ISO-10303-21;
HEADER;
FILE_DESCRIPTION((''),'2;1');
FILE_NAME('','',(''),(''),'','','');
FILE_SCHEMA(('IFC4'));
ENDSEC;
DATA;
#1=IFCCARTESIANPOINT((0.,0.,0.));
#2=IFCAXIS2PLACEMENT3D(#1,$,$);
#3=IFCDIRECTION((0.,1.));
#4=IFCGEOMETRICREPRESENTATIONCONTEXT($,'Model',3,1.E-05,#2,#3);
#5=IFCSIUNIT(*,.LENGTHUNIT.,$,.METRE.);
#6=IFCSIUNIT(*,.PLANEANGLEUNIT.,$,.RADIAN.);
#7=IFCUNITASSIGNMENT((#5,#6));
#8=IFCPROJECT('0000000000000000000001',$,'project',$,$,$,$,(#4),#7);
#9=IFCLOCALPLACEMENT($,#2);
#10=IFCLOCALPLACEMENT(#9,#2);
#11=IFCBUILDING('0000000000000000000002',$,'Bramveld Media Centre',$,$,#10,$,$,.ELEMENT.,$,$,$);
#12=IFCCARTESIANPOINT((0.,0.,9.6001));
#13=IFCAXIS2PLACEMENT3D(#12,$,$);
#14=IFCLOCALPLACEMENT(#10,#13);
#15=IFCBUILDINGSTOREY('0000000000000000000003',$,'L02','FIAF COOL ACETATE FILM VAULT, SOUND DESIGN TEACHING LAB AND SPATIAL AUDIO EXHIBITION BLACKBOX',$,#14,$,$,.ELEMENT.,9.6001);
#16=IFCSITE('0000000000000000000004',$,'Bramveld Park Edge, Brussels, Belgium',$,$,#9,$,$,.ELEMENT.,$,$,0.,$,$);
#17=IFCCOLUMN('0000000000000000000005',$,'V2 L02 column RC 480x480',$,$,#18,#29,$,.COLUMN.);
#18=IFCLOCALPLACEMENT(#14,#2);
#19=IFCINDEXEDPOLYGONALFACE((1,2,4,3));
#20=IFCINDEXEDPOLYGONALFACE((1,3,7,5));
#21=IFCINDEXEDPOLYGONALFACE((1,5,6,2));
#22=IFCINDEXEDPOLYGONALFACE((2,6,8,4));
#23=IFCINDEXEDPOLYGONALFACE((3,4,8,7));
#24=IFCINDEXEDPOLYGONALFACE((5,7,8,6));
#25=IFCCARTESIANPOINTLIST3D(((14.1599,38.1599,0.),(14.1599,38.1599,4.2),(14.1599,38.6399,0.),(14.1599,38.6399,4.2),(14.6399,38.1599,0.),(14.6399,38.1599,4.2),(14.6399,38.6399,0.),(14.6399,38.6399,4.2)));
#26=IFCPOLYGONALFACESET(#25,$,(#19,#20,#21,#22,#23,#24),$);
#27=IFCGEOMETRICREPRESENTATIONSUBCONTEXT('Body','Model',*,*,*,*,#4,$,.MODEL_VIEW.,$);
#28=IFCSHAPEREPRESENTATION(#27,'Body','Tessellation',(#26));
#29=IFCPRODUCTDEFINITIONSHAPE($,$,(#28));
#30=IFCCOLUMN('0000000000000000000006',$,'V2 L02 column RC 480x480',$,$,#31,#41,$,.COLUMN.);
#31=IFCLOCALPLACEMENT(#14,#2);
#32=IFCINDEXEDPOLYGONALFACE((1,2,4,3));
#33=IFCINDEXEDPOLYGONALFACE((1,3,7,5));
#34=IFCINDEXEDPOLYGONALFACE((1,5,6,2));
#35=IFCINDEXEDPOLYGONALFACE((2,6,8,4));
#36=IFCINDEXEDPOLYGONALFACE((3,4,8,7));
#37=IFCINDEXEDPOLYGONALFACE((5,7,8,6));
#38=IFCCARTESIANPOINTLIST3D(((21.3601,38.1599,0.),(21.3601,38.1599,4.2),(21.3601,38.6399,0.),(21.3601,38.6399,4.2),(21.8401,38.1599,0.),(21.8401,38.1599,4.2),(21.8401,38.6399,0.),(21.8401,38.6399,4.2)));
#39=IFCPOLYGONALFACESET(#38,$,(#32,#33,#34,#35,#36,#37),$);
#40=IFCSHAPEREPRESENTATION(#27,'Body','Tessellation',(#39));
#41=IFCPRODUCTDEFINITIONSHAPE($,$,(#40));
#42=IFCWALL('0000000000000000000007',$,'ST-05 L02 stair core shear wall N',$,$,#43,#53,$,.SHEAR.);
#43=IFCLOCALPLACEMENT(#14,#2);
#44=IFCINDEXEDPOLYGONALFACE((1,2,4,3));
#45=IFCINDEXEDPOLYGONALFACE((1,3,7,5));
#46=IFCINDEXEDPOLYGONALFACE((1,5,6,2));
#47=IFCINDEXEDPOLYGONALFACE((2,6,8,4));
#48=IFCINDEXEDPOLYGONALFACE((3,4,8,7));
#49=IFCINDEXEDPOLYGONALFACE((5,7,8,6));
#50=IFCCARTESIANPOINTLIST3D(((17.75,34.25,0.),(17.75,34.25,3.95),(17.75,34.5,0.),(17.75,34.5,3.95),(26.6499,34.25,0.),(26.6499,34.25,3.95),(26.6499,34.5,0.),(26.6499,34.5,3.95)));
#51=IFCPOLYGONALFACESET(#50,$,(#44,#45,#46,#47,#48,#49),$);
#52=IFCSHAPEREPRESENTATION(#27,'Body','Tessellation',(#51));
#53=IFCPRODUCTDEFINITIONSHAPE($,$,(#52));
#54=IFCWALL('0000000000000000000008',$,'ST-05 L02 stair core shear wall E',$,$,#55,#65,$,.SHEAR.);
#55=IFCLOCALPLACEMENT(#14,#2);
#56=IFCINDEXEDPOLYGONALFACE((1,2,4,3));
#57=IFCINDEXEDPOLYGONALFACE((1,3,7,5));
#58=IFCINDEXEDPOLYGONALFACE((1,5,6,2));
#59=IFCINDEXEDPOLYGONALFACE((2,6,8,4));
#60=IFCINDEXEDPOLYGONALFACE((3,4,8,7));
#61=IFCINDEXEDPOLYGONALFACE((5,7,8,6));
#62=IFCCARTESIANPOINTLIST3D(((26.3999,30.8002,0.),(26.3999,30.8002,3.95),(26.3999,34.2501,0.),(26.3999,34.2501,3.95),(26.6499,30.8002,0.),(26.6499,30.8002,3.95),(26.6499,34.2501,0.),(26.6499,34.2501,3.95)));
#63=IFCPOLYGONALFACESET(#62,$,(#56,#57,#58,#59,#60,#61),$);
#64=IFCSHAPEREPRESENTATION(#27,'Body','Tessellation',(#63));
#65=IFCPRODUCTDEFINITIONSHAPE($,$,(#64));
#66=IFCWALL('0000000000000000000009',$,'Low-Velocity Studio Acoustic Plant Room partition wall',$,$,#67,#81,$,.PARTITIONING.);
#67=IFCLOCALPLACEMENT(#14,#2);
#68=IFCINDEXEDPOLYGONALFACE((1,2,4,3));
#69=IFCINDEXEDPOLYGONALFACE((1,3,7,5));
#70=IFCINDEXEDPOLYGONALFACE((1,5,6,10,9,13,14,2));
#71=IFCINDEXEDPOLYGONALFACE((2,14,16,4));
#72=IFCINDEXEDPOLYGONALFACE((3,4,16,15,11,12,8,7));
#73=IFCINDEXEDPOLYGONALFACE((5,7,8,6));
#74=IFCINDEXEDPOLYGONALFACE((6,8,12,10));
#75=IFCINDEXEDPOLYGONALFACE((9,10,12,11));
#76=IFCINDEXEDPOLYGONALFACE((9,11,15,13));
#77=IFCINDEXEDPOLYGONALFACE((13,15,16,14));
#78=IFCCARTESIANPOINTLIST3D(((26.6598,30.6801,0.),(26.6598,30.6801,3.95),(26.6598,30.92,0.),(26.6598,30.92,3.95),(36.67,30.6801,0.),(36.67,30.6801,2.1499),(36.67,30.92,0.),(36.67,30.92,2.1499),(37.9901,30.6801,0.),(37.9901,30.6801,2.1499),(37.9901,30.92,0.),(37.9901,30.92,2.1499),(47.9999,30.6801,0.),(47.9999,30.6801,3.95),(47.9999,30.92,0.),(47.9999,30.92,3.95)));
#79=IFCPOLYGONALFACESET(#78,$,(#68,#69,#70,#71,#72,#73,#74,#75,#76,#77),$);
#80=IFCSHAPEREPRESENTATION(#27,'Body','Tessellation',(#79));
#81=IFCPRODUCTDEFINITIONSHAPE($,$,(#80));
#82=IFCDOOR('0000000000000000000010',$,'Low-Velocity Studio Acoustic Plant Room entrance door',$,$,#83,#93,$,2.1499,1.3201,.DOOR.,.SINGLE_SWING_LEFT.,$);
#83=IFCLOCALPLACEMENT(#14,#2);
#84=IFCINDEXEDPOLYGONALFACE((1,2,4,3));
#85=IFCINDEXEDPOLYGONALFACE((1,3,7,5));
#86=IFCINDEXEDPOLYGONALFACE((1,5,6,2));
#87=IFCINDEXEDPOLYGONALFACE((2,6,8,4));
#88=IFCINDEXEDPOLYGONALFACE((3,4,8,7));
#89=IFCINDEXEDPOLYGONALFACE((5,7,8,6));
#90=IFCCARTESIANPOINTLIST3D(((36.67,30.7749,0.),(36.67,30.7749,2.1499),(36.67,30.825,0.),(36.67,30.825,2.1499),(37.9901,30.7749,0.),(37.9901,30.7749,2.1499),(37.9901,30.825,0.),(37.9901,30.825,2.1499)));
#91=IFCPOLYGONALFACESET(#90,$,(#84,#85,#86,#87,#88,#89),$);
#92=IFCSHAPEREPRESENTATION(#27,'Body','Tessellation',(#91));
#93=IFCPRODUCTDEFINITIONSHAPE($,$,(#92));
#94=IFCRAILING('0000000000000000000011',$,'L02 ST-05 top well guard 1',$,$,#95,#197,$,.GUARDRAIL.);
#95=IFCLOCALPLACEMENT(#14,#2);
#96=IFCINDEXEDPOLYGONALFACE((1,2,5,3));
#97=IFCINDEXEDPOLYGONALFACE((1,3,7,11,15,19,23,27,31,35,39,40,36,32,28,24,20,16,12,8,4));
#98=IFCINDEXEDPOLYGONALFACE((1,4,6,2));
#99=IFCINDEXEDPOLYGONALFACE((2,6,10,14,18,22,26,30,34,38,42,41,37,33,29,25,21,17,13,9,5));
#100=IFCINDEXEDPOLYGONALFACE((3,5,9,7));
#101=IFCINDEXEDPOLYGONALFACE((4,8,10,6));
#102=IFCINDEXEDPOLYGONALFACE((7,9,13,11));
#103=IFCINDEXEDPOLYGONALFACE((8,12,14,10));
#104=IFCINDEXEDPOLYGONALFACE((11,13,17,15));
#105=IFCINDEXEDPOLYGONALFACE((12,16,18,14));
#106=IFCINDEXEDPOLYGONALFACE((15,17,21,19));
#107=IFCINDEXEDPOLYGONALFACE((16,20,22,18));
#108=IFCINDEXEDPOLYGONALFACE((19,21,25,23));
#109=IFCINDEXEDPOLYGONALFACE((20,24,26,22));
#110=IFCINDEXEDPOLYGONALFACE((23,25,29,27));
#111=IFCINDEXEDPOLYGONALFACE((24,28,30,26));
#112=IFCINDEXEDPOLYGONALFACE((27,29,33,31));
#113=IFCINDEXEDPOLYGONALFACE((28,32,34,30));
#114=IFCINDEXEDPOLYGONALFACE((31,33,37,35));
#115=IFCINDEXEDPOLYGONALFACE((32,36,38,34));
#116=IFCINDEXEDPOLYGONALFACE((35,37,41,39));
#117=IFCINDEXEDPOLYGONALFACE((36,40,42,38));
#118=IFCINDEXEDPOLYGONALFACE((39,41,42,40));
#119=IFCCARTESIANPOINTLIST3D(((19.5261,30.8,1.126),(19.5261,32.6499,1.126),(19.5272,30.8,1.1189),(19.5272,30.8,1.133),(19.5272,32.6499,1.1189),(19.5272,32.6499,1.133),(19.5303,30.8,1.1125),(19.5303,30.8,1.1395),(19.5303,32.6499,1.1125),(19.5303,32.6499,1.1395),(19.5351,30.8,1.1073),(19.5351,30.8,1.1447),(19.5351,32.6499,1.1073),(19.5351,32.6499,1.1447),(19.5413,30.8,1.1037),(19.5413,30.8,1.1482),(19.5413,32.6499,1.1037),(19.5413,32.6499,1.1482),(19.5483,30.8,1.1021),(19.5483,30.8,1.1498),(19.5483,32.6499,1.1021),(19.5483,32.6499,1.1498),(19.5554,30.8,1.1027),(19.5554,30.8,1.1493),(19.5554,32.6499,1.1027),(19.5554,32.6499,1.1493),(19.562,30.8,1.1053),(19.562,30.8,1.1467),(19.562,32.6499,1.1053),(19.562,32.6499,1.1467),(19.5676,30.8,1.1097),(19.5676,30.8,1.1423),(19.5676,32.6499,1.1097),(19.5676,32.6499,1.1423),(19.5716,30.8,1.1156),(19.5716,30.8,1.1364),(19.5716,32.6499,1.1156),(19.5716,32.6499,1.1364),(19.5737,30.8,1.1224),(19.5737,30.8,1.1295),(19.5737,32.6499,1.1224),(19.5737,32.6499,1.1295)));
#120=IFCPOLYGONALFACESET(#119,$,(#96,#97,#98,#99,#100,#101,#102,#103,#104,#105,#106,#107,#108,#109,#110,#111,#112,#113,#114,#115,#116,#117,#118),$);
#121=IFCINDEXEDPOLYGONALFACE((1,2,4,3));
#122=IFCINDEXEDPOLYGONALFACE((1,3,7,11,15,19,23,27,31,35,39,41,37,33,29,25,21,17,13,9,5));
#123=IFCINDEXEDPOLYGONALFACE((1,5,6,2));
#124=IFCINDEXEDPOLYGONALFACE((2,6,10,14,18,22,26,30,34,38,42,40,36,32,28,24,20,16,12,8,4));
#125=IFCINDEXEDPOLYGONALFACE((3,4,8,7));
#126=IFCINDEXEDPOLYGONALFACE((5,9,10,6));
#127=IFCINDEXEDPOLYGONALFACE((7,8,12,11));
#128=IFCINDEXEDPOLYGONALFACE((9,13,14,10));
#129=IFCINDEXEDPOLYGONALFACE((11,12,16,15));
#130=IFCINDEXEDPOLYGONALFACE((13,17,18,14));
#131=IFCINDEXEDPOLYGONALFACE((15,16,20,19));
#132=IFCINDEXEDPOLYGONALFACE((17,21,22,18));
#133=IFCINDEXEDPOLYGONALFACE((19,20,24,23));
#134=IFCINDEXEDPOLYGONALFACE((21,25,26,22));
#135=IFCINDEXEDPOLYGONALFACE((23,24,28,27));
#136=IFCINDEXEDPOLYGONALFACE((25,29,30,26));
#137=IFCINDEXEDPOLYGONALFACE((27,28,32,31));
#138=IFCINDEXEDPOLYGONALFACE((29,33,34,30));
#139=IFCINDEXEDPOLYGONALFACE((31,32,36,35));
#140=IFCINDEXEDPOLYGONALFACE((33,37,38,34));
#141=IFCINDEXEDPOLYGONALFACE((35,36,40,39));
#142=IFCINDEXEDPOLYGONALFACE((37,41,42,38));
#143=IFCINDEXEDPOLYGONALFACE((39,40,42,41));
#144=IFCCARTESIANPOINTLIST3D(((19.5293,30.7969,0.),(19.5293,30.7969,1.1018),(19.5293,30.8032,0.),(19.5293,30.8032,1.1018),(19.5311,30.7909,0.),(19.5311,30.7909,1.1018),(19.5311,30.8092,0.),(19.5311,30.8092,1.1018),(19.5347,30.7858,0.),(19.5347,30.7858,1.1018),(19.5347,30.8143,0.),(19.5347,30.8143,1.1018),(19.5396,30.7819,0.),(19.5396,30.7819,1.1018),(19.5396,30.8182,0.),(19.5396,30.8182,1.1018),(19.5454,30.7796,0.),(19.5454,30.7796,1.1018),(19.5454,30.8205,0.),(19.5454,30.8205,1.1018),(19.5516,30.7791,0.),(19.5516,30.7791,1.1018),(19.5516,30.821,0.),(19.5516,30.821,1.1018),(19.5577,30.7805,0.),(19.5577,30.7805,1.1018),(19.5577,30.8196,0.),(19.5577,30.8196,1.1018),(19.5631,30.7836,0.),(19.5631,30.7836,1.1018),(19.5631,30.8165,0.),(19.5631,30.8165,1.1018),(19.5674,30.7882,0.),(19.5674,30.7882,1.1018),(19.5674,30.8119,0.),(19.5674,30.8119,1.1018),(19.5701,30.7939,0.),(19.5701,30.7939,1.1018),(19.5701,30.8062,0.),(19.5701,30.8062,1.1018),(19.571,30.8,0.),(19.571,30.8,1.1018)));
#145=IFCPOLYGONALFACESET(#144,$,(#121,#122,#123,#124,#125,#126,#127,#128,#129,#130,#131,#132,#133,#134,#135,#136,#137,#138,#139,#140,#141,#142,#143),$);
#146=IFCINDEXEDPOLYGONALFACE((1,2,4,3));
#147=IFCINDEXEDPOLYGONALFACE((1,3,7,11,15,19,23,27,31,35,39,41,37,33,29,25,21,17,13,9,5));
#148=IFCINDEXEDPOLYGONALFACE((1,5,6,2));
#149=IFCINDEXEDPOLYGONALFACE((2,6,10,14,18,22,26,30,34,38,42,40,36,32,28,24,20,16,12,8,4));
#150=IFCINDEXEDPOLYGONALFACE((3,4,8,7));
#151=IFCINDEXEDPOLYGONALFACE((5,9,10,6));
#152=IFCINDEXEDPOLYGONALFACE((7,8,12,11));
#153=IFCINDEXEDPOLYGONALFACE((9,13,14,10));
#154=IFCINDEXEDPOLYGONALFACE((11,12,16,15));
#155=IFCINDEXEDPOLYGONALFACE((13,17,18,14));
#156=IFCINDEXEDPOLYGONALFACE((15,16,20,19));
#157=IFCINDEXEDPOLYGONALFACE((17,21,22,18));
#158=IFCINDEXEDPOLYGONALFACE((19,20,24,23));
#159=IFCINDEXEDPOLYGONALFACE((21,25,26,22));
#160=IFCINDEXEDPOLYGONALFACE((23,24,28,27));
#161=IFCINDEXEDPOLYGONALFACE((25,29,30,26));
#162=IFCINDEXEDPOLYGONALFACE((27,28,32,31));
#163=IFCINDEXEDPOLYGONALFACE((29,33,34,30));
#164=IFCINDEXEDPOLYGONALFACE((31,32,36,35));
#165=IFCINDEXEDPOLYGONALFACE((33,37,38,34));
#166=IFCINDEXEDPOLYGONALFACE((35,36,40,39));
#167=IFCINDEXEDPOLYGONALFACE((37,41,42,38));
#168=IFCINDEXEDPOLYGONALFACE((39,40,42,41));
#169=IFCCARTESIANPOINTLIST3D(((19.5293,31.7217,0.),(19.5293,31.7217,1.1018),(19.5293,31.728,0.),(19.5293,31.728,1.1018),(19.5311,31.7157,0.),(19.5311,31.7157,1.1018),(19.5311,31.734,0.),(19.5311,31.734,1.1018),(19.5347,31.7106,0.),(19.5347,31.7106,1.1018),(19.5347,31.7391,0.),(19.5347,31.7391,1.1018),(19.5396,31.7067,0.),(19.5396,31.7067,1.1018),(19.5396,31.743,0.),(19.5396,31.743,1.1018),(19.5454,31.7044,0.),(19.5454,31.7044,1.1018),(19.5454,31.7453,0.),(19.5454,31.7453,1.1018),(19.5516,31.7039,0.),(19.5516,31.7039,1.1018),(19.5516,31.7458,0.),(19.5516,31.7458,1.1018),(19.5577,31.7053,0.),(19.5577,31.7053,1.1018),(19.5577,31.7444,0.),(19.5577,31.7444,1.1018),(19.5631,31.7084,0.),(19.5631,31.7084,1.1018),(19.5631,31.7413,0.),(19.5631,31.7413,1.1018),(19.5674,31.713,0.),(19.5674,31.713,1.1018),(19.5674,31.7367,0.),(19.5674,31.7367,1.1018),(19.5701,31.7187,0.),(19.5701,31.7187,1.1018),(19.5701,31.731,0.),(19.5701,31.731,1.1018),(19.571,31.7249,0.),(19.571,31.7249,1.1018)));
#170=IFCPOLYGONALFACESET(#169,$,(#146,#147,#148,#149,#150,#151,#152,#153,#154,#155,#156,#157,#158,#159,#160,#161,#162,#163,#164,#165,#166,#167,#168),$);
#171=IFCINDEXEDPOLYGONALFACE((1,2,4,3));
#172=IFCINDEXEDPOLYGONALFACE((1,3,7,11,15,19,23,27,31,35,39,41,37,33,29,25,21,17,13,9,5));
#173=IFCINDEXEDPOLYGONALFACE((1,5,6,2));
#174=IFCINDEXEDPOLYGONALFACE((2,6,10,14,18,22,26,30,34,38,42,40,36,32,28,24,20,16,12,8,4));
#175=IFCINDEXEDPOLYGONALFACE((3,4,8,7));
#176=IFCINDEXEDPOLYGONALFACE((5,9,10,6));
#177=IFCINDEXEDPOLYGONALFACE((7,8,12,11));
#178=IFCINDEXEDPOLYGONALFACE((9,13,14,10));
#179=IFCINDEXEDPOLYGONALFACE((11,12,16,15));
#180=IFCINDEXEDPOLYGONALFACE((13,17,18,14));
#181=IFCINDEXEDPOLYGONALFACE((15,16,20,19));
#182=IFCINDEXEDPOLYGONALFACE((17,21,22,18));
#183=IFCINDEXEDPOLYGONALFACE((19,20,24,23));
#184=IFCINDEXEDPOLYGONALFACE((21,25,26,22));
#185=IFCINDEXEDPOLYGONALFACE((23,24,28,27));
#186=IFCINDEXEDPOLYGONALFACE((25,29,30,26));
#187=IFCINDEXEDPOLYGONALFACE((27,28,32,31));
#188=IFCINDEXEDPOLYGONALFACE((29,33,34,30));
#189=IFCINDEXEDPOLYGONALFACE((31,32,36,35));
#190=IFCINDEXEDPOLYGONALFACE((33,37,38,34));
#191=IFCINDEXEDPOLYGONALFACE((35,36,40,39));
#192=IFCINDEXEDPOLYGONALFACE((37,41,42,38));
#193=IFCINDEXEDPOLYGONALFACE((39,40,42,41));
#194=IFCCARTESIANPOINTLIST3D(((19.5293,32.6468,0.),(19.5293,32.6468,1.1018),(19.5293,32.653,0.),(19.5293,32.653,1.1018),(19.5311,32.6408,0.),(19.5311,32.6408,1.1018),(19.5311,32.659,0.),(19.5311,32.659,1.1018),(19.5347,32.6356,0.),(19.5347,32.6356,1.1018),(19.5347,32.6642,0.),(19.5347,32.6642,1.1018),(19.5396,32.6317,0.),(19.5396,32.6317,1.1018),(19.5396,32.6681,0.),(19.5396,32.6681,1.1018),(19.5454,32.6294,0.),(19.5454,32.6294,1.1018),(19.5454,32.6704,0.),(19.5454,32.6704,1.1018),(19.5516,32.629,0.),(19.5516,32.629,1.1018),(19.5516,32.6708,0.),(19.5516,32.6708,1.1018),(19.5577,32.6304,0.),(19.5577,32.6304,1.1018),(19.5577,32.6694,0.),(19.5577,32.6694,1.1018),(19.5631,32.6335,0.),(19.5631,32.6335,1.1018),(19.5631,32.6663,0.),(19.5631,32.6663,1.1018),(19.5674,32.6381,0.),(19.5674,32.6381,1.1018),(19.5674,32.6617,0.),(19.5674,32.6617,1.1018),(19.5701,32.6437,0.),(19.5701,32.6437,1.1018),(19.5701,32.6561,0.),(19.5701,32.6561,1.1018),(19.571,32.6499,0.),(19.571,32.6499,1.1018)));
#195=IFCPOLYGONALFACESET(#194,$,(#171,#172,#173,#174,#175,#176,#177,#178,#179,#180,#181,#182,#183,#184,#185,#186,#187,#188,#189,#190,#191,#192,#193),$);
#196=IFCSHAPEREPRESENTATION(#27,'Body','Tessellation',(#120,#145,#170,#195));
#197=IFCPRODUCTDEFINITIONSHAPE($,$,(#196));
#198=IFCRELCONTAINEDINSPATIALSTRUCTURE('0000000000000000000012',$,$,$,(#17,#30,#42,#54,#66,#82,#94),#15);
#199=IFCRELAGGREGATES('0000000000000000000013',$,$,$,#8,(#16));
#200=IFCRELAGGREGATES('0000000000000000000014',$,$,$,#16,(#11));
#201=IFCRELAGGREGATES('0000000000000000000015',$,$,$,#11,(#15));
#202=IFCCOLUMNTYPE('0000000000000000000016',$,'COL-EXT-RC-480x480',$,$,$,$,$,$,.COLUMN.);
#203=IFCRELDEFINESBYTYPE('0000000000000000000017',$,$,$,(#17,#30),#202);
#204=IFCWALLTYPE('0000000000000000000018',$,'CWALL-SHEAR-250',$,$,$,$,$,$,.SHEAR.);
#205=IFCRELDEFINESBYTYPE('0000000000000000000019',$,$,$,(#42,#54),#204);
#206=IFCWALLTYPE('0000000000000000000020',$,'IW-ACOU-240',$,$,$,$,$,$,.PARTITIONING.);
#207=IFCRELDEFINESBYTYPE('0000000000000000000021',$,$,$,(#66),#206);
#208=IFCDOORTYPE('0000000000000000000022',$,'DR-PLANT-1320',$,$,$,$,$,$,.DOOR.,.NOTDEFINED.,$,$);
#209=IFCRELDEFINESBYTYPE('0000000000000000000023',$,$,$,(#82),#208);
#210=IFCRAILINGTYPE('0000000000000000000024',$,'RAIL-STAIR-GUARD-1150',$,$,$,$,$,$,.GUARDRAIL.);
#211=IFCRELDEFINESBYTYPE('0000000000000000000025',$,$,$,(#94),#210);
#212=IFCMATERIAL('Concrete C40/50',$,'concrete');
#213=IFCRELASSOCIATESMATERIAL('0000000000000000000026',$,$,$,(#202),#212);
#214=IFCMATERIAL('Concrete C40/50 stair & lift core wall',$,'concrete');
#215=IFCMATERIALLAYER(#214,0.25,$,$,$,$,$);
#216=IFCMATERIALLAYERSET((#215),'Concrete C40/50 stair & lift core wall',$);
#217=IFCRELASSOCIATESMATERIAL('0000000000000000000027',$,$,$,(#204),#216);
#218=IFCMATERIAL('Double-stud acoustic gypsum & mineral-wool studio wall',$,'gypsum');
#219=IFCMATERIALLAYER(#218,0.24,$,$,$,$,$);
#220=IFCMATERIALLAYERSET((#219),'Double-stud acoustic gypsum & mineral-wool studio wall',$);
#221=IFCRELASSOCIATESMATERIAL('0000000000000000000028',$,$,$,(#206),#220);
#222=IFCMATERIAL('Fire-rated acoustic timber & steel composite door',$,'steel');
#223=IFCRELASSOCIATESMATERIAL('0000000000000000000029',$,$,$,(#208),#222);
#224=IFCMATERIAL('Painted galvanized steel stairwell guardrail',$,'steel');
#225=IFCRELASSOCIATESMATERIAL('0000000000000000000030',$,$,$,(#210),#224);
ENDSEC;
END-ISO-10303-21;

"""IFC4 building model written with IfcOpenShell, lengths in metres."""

from ifc_helpers import new_model, si_unit, direction, frame, frame_2d, origin, origin_2d, place, context, subcontext, project, spatial, rectangle, circle, extrude, material, layer, layer_set, material_profile, profile_set, type_object, element, fill, save


model = new_model("IFC4")

# Units and contexts
model_context = context("Model", 3, precision=1e-05, world=origin(), true_north=direction((0.0, 1.0)))
body_context = subcontext(model_context, "Body", "Model", "MODEL_VIEW")
ifc_project = project(units=[si_unit("LENGTHUNIT", "METRE"), si_unit("PLANEANGLEUNIT", "RADIAN")], contexts=[model_context])

# Site, building, storey
site_placement = place(None, origin())
site = spatial("IfcSite", under=ifc_project, at=site_placement, Name="Bramveld Park Edge, Brussels, Belgium", CompositionType="ELEMENT", RefElevation=0.0)
building_placement = place(site_placement, origin())
building = spatial("IfcBuilding", under=site, at=building_placement, Name="Bramveld Media Centre", CompositionType="ELEMENT")
storey_placement = place(building_placement, frame((0.0, 0.0, 9.6001)))
storey = spatial("IfcBuildingStorey", under=building, at=storey_placement, Name="L02", Description="FIAF COOL ACETATE FILM VAULT, SOUND DESIGN TEACHING LAB AND SPATIAL AUDIO EXHIBITION BLACKBOX", CompositionType="ELEMENT", Elevation=9.6001)

# Columns
ifc_material_1 = material(Name="Concrete C40/50", Category="concrete")
ifc_material_profile = material_profile(ifc_material_1, rectangle(XDim=0.48, YDim=0.48, at=origin_2d()), Name="RC 480x480")
ifc_profile_set = profile_set([ifc_material_profile], Name="Concrete C40/50")
column_type = type_object("IfcColumnType", Name="COL-EXT-RC-480x480", PredefinedType="COLUMN", material=ifc_profile_set)
for number, where, z_axis, x_axis, name in (
    (1, (14.3999, 38.3999, 0.0), (0.0, 0.0, 1.0), (1.0, 0.0, 0.0), "V2 L02 column RC 480x480"),
    (2, (21.6001, 38.3999, 0.0), (0.0, 0.0, 1.0), (1.0, 0.0, 0.0), "V2 L02 column RC 480x480"),
):
    element("IfcColumn", number, at=place(storey_placement, frame(where, z_axis=z_axis, x_axis=x_axis)), inside=storey, type_object=column_type, Name=name, PredefinedType="COLUMN", context=body_context, shape_type="SweptSolid", body=[
        extrude(rectangle(XDim=0.48, YDim=0.48, at=origin_2d()), origin(), (0.0, 0.0, 1.0), 4.2),
    ])

# Wall
ifc_material_2 = material(Name="Concrete C40/50 stair & lift core wall", Category="concrete")
ifc_layer_1 = layer(ifc_material_2, 0.25)
ifc_layer_set_1 = layer_set([ifc_layer_1], Name="Concrete C40/50 stair & lift core wall")
wall_type_1 = type_object("IfcWallType", Name="CWALL-SHEAR-250", PredefinedType="SHEAR", material=ifc_layer_set_1)
wall_1_placement = place(storey_placement, frame((26.6499, 34.375, 0.0), z_axis=(0.0, 0.0, 1.0), x_axis=(-1.0, 0.0, 0.0)))
element("IfcWall", 3, at=wall_1_placement, inside=storey, type_object=wall_type_1, Name="ST-05 L02 stair core shear wall N", PredefinedType="SHEAR", context=body_context, shape_type="SweptSolid", body=[
    extrude(rectangle(XDim=8.8999, YDim=0.25, at=frame_2d((4.45, 0.0))), origin(), (0.0, 0.0, 1.0), 3.95),
])

# Wall
wall_2_placement = place(storey_placement, frame((26.5249, 30.8, 0.0), z_axis=(0.0, 0.0, 1.0), x_axis=(0.0, 1.0, 0.0)))
element("IfcWall", 4, at=wall_2_placement, inside=storey, type_object=wall_type_1, Name="ST-05 L02 stair core shear wall E", PredefinedType="SHEAR", context=body_context, shape_type="SweptSolid", body=[
    extrude(rectangle(XDim=3.45, YDim=0.25, at=frame_2d((1.7251, 0.0))), origin(), (0.0, 0.0, 1.0), 3.95),
])

# Wall, opening, door
ifc_material_3 = material(Name="Double-stud acoustic gypsum & mineral-wool studio wall", Category="gypsum")
ifc_layer_2 = layer(ifc_material_3, 0.24)
ifc_layer_set_2 = layer_set([ifc_layer_2], Name="Double-stud acoustic gypsum & mineral-wool studio wall")
wall_type_2 = type_object("IfcWallType", Name="IW-ACOU-240", PredefinedType="PARTITIONING", material=ifc_layer_set_2)
wall_3_placement = place(storey_placement, frame((26.6599, 30.8, 0.0), z_axis=(0.0, 0.0, 1.0), x_axis=(1.0, 0.0, 0.0)))
wall_3 = element("IfcWall", 5, at=wall_3_placement, inside=storey, type_object=wall_type_2, Name="Low-Velocity Studio Acoustic Plant Room partition wall", PredefinedType="PARTITIONING", context=body_context, shape_type="SweptSolid", body=[
    extrude(rectangle(XDim=21.3401, YDim=0.24, at=frame_2d((10.6699, 0.0))), origin(), (0.0, 0.0, 1.0), 3.95),
])
opening_1_placement = place(wall_3_placement, frame((10.01, 0.0, 0.0)))
opening_1 = element("IfcOpeningElement", 6, at=opening_1_placement, cuts=wall_3, PredefinedType="OPENING", context=body_context, shape_type="SweptSolid", body=[
    extrude(rectangle(XDim=1.3201, YDim=2.1499, at=frame_2d((0.6602, 1.075))), frame((0.0, 0.1318, 0.0), z_axis=(0.0, -1.0, 0.0), x_axis=(1.0, 0.0, 0.0)), (0.0, 0.0, 1.0), 0.2639),
])
ifc_material_4 = material(Name="Fire-rated acoustic timber & steel composite door", Category="steel")
door_type_1 = type_object("IfcDoorType", Name="DR-PLANT-1320", OperationType="NOTDEFINED", PredefinedType="DOOR", material=ifc_material_4)
door_1_placement = place(opening_1_placement, origin())
door_1 = element("IfcDoor", 7, at=door_1_placement, inside=storey, type_object=door_type_1, Name="Low-Velocity Studio Acoustic Plant Room entrance door", OperationType="SINGLE_SWING_LEFT", OverallHeight=2.1499, OverallWidth=1.3201, PredefinedType="DOOR", context=body_context, shape_type="SweptSolid", body=[
    extrude(rectangle(XDim=1.3201, YDim=2.1499, at=frame_2d((0.6602, 1.075))), frame((0.0, 0.0249, 0.0), z_axis=(0.0, -1.0, 0.0), x_axis=(1.0, 0.0, 0.0)), (0.0, 0.0, 1.0), 0.05),
])
fill(opening_1, door_1)

# Railing
ifc_material_5 = material(Name="Painted galvanized steel stairwell guardrail", Category="steel")
railing_type = type_object("IfcRailingType", Name="RAIL-STAIR-GUARD-1150", PredefinedType="GUARDRAIL", material=ifc_material_5)
railing_placement = place(storey_placement, frame((19.55, 30.8, 0.0)))
element("IfcRailing", 8, at=railing_placement, inside=storey, type_object=railing_type, Name="L02 ST-05 top well guard 1", PredefinedType="GUARDRAIL", context=body_context, shape_type="SweptSolid", body=[
    extrude(circle(Radius=0.0239, at=origin_2d()), frame((0.0, 0.0, 1.126), z_axis=(0.0, 1.0, 0.0), x_axis=(-1.0, 0.0, 0.0)), (0.0, 0.0, 1.0), 1.8499),
    extrude(circle(Radius=0.021, at=origin_2d()), origin(), (0.0, 0.0, 1.0), 1.1018),
    extrude(circle(Radius=0.021, at=origin_2d()), frame((0.0, 0.9248, 0.0)), (0.0, 0.0, 1.0), 1.1018),
    extrude(circle(Radius=0.021, at=origin_2d()), frame((0.0, 1.8499, 0.0)), (0.0, 0.0, 1.0), 1.1018),
])

save(model, "model.ifc")
